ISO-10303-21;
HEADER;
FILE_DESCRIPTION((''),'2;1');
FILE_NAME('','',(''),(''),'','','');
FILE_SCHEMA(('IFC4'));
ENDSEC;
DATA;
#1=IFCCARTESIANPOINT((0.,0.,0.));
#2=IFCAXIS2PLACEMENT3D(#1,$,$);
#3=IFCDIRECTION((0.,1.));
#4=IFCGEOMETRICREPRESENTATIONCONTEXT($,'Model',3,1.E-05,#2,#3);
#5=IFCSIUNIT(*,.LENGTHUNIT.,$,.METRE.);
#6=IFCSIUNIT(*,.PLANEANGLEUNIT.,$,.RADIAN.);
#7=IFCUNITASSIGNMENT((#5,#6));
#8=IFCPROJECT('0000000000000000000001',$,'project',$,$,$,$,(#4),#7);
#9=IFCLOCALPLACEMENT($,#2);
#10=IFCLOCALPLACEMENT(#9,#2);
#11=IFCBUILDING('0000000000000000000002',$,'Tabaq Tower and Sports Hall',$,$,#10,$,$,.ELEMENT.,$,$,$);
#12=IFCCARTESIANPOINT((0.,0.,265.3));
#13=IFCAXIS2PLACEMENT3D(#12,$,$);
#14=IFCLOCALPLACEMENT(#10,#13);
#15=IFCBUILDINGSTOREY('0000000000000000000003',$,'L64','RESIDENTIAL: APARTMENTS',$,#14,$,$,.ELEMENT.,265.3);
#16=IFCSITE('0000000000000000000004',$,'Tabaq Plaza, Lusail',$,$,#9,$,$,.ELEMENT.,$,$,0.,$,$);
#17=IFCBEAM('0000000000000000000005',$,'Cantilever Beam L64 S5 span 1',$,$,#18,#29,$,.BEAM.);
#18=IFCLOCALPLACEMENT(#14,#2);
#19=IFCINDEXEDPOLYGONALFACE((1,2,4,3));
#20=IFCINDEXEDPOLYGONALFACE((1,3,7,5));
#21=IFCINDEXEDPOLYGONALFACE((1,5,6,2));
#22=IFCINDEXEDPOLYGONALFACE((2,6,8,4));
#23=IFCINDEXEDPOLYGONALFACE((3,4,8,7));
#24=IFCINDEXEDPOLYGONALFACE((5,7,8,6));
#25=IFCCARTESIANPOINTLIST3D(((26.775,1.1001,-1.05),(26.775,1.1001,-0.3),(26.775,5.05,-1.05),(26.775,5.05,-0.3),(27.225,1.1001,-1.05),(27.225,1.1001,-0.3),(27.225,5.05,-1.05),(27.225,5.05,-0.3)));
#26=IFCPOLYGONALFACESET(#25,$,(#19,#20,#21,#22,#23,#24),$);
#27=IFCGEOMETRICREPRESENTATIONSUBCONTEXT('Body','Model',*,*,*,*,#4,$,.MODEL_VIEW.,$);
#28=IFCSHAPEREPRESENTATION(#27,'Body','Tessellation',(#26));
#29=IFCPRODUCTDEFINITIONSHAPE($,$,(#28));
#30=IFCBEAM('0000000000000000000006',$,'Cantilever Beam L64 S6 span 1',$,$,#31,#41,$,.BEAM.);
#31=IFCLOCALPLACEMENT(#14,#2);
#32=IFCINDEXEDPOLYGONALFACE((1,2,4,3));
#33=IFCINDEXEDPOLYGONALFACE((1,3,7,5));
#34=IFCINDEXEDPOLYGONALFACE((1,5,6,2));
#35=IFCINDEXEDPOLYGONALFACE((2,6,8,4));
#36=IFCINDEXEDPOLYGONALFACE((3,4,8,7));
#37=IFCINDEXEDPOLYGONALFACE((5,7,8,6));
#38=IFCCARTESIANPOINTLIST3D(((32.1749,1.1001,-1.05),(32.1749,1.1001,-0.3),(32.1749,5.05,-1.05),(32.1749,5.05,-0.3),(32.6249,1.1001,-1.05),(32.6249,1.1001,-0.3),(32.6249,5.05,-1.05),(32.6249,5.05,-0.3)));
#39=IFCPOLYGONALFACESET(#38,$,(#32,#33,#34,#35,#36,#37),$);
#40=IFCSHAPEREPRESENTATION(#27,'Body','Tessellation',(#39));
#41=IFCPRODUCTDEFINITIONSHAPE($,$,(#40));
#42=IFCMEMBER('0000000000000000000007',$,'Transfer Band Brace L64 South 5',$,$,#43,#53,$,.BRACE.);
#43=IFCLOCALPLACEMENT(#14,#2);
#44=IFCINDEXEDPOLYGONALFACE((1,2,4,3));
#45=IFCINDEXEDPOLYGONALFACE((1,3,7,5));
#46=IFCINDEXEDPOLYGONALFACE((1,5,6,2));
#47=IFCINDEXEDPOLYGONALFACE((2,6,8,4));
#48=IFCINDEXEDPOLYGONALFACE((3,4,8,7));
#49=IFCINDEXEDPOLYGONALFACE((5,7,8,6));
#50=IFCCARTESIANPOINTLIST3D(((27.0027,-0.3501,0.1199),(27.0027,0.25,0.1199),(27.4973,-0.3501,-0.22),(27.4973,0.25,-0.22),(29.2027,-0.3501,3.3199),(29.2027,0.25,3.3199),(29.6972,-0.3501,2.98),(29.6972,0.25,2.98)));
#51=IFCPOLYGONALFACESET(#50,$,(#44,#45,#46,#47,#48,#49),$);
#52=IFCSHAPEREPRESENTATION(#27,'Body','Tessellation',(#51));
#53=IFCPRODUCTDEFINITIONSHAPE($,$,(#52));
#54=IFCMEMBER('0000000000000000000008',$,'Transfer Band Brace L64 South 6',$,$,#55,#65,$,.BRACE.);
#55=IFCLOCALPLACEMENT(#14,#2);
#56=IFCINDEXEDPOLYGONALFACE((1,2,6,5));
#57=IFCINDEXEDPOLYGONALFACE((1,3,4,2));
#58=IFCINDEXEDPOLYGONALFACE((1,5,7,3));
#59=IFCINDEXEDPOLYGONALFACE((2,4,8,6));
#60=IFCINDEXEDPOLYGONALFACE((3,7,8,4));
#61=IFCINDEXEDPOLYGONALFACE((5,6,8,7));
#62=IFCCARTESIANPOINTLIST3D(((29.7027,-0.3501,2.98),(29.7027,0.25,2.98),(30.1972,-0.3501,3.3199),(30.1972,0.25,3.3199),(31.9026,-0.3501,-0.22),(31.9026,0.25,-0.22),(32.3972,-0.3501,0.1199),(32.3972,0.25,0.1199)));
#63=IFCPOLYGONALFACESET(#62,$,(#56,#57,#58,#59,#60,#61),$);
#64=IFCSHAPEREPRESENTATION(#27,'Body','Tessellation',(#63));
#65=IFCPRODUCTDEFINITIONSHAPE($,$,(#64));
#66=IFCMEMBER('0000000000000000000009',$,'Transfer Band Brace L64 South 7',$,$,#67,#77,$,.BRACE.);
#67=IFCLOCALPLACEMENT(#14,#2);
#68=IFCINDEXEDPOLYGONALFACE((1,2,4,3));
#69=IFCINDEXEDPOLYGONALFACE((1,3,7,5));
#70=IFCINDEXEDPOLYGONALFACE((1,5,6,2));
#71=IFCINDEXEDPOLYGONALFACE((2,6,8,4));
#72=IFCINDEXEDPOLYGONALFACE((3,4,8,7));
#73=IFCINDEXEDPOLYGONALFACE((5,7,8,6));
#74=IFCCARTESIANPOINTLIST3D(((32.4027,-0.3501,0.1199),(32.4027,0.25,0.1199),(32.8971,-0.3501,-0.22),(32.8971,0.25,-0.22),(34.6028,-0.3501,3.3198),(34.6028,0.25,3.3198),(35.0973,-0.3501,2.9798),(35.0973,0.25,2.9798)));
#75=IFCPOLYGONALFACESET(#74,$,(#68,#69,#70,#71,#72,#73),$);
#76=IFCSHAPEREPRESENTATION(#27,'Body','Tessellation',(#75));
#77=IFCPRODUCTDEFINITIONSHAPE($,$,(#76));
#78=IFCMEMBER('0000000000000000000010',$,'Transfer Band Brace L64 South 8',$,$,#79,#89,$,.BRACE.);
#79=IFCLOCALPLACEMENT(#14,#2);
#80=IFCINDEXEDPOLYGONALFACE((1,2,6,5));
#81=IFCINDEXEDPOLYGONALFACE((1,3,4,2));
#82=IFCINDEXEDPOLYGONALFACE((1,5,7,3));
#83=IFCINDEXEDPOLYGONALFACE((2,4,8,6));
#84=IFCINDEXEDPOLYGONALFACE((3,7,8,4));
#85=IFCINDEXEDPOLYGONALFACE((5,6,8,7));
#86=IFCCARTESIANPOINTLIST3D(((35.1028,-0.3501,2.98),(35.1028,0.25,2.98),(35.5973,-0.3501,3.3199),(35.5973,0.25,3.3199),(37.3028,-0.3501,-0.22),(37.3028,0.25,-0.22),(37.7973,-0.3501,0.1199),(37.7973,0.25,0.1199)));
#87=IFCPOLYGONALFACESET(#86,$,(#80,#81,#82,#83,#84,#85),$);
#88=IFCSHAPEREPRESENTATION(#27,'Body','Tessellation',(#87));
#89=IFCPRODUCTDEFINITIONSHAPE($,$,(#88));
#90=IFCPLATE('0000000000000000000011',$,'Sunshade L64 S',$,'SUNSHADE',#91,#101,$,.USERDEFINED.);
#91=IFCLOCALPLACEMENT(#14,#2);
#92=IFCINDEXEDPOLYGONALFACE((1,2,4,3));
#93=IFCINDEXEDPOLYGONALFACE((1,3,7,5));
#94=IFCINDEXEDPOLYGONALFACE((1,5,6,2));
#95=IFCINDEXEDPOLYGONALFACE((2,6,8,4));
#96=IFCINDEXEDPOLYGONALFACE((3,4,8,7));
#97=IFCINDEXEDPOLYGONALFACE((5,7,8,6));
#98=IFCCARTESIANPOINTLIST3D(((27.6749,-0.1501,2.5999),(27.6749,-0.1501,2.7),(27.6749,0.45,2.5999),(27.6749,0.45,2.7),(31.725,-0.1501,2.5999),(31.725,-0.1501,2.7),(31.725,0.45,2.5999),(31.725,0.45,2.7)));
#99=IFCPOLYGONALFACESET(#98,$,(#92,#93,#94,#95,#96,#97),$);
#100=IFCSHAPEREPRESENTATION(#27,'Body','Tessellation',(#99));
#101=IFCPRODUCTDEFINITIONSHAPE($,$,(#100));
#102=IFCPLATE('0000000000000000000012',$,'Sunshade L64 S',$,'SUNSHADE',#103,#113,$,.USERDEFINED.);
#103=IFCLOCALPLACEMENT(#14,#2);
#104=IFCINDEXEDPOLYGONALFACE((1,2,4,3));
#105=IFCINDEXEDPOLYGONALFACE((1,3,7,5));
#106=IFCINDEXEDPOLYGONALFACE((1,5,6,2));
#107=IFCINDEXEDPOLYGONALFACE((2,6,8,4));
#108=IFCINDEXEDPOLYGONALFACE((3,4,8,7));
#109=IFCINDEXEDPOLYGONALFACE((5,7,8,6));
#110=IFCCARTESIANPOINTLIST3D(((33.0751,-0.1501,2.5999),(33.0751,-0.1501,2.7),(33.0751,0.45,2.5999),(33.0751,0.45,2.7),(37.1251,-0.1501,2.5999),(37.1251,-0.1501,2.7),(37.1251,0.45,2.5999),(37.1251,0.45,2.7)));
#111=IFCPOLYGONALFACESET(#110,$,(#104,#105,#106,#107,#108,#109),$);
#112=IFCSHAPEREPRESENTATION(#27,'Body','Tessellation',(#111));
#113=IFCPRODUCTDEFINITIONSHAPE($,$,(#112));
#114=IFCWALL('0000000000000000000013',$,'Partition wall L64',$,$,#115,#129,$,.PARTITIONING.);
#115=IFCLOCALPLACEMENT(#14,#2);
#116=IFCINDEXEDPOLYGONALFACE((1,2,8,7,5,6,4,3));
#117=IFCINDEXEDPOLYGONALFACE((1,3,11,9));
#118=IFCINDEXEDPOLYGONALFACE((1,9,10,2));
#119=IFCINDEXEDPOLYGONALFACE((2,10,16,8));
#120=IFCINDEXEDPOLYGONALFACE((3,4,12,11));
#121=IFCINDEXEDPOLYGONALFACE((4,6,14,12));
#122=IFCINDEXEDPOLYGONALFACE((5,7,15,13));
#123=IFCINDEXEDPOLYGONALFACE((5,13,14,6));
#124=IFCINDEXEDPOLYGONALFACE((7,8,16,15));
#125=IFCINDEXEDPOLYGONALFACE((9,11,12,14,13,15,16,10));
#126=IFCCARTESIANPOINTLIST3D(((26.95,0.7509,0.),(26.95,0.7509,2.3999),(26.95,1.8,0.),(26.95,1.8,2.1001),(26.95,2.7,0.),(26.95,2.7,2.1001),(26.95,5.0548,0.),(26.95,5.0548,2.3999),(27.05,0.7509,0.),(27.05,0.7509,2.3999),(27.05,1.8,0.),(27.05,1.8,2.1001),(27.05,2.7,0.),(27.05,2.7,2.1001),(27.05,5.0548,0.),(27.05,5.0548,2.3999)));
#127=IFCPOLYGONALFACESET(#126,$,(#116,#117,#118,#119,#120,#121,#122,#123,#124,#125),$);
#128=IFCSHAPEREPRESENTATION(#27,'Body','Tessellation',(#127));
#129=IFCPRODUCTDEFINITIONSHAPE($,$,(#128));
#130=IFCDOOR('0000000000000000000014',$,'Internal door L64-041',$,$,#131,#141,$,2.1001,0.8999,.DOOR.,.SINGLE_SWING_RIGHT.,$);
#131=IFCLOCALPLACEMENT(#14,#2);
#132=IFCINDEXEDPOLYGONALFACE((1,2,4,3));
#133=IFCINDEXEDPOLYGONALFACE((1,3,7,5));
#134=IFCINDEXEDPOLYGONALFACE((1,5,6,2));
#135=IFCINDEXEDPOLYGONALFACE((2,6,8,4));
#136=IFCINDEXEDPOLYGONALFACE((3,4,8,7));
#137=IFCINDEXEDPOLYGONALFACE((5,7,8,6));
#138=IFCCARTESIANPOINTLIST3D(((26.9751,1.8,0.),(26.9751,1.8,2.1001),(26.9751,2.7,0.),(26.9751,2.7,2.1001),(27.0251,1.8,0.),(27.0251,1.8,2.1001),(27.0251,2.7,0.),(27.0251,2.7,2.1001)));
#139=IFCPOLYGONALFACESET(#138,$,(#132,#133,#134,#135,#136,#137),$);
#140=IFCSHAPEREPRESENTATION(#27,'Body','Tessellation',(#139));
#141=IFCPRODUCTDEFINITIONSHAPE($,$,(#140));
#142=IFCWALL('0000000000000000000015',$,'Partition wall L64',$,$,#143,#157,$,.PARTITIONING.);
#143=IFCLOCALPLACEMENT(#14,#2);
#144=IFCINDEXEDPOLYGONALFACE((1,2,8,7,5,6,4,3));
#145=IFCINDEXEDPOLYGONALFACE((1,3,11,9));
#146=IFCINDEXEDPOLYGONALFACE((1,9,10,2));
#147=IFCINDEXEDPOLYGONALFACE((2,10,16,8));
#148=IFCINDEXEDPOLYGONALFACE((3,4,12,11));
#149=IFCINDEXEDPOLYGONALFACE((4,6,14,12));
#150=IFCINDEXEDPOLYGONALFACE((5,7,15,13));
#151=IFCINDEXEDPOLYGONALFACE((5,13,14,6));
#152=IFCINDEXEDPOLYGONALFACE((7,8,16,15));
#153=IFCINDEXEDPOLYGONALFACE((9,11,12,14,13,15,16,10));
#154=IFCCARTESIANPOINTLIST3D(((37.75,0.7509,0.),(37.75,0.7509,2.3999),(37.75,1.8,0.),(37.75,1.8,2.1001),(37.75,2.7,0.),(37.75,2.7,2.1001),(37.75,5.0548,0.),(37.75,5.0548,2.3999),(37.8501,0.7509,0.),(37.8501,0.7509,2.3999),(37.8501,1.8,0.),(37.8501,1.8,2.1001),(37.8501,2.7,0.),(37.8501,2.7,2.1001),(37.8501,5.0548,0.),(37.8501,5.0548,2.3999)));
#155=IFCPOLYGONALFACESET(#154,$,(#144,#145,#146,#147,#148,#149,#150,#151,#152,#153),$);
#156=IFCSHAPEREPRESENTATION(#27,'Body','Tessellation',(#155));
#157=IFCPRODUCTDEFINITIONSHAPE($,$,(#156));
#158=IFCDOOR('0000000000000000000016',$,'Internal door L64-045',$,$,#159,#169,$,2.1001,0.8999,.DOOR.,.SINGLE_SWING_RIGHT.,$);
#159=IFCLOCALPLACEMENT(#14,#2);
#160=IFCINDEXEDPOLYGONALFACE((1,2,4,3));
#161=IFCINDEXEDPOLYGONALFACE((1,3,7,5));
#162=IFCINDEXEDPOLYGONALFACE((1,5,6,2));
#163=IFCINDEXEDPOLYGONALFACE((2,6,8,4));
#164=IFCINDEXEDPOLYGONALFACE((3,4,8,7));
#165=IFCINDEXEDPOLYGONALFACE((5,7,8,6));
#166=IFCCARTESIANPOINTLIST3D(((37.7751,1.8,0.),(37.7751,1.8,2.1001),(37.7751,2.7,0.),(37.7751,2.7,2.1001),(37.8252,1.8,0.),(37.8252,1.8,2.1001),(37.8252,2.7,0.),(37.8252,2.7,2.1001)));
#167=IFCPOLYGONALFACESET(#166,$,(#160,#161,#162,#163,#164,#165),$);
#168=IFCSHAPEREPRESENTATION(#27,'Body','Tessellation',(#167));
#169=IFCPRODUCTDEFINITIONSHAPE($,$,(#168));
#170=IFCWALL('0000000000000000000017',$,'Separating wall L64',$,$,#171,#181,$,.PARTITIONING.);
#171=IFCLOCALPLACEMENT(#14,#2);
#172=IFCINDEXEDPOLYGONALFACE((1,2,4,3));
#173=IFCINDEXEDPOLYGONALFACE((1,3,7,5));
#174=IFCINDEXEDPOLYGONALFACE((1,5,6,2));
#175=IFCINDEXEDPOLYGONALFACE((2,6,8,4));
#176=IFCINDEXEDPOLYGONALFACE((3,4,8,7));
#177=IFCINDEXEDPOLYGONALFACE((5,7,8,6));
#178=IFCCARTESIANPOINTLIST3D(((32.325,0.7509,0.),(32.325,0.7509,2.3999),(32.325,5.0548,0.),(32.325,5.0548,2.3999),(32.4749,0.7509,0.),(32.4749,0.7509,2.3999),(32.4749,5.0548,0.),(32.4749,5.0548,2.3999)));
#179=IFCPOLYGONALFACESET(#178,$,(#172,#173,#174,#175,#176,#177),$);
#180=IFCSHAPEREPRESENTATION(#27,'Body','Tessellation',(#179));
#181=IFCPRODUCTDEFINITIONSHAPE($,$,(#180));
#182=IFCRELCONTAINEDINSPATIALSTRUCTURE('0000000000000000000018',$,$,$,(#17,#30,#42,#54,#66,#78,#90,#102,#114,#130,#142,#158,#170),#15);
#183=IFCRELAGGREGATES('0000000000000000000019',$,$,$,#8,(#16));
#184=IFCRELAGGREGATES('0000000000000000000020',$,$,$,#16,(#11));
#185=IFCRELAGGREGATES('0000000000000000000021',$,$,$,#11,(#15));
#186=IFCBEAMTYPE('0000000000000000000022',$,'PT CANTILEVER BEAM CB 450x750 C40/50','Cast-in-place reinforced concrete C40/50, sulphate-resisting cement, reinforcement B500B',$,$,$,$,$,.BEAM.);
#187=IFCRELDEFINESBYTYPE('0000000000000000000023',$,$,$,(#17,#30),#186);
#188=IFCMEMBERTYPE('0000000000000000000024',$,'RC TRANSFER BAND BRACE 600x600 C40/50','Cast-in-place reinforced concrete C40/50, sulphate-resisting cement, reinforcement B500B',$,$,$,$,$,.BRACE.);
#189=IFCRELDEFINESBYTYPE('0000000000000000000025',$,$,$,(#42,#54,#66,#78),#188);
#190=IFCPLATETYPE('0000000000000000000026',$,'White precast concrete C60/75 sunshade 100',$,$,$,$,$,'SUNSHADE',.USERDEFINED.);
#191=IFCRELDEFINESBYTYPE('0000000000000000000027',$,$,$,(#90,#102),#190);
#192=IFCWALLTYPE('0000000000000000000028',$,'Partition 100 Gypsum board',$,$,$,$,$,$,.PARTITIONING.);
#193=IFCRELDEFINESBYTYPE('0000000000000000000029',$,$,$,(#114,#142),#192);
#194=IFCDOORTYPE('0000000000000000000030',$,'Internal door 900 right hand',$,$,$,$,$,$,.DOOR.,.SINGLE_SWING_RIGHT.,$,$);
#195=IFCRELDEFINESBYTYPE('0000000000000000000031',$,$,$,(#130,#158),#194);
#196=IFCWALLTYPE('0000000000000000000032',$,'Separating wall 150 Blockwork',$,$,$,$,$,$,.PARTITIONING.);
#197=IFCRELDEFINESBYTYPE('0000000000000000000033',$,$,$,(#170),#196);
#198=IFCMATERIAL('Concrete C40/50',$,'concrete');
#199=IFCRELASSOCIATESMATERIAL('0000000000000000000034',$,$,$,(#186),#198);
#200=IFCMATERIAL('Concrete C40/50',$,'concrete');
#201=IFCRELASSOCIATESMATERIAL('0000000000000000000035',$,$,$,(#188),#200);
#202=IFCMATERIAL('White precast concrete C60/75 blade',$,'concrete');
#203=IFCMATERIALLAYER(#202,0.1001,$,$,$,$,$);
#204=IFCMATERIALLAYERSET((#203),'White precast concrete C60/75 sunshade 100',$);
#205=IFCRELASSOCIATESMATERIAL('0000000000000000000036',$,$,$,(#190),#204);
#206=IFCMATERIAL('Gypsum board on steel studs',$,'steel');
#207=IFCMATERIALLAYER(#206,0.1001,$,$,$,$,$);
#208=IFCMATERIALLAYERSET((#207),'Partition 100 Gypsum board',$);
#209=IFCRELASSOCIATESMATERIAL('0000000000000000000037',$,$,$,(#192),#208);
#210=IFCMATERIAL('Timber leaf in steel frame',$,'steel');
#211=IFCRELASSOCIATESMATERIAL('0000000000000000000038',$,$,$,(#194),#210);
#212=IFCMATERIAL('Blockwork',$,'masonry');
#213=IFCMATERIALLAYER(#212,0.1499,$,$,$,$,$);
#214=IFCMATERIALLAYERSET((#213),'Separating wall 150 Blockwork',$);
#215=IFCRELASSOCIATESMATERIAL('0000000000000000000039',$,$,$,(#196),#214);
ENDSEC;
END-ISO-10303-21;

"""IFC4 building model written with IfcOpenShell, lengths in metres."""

from ifc_helpers import new_model, si_unit, direction, frame, frame_2d, origin, origin_2d, place, context, subcontext, project, spatial, rectangle, extrude, material, layer, layer_set, material_profile, profile_set, type_object, element, fill, save


model = new_model("IFC4")

# Units and contexts
model_context = context("Model", 3, precision=1e-05, world=origin(), true_north=direction((0.0, 1.0)))
body_context = subcontext(model_context, "Body", "Model", "MODEL_VIEW")
ifc_project = project(units=[si_unit("LENGTHUNIT", "METRE"), si_unit("PLANEANGLEUNIT", "RADIAN")], contexts=[model_context])

# Site, building, storey
site_placement = place(None, origin())
site = spatial("IfcSite", under=ifc_project, at=site_placement, Name="Tabaq Plaza, Lusail", CompositionType="ELEMENT", RefElevation=0.0)
building_placement = place(site_placement, origin())
building = spatial("IfcBuilding", under=site, at=building_placement, Name="Tabaq Tower and Sports Hall", CompositionType="ELEMENT")
storey_placement = place(building_placement, frame((0.0, 0.0, 265.3)))
storey = spatial("IfcBuildingStorey", under=building, at=storey_placement, Name="L64", Description="RESIDENTIAL: APARTMENTS", CompositionType="ELEMENT", Elevation=265.3)

# Beams
ifc_material_1 = material(Name="Concrete C40/50", Category="concrete")
ifc_material_profile_1 = material_profile(ifc_material_1, rectangle(XDim=0.45, YDim=0.75, at=origin_2d()), Name="CB 450x750")
ifc_profile_set_1 = profile_set([ifc_material_profile_1], Name="Concrete C40/50")
beam_type = type_object("IfcBeamType", Name="PT CANTILEVER BEAM CB 450x750 C40/50", Description="Cast-in-place reinforced concrete C40/50, sulphate-resisting cement, reinforcement B500B", PredefinedType="BEAM", material=ifc_profile_set_1)
for number, where, z_axis, x_axis, name in (
    (1, (27.0, 1.1001, -0.675), (0.0, 1.0, 0.0), (-1.0, 0.0, 0.0), "Cantilever Beam L64 S5 span 1"),
    (2, (32.3999, 1.1001, -0.675), (0.0, 1.0, 0.0), (-1.0, 0.0, 0.0), "Cantilever Beam L64 S6 span 1"),
):
    element("IfcBeam", number, at=place(storey_placement, frame(where, z_axis=z_axis, x_axis=x_axis)), inside=storey, type_object=beam_type, Name=name, PredefinedType="BEAM", context=body_context, shape_type="SweptSolid", body=[
        extrude(rectangle(XDim=0.45, YDim=0.75, at=origin_2d()), origin(), (0.0, 0.0, 1.0), 3.95),
    ])

# Members
ifc_material_2 = material(Name="Concrete C40/50", Category="concrete")
ifc_material_profile_2 = material_profile(ifc_material_2, rectangle(XDim=0.6001, YDim=0.6001, at=origin_2d()), Name="TRANSFER BAND BRACE 600x600")
ifc_profile_set_2 = profile_set([ifc_material_profile_2], Name="Concrete C40/50")
member_type = type_object("IfcMemberType", Name="RC TRANSFER BAND BRACE 600x600 C40/50", Description="Cast-in-place reinforced concrete C40/50, sulphate-resisting cement, reinforcement B500B", PredefinedType="BRACE", material=ifc_profile_set_2)
for number, where, z_axis, x_axis, name in (
    (3, (27.25, -0.05, -0.05), (0.566526, 0.0, 0.824044), (0.0, 1.0, 0.0), "Transfer Band Brace L64 South 5"),
    (4, (32.1499, -0.05, -0.05), (-0.566526, 0.0, 0.824044), (0.0, -1.0, 0.0), "Transfer Band Brace L64 South 6"),
    (5, (32.6499, -0.05, -0.05), (0.566569, 0.0, 0.824014), (0.0, 1.0, 0.0), "Transfer Band Brace L64 South 7"),
    (6, (37.55, -0.05, -0.05), (-0.566526, 0.0, 0.824044), (0.0, -1.0, 0.0), "Transfer Band Brace L64 South 8"),
):
    element("IfcMember", number, at=place(storey_placement, frame(where, z_axis=z_axis, x_axis=x_axis)), inside=storey, type_object=member_type, Name=name, PredefinedType="BRACE", context=body_context, shape_type="SweptSolid", body=[
        extrude(rectangle(XDim=0.6001, YDim=0.6001, at=origin_2d()), origin(), (0.0, 0.0, 1.0), 3.8833),
    ])

# Plates
ifc_material_3 = material(Name="White precast concrete C60/75 blade", Category="concrete")
ifc_layer_1 = layer(ifc_material_3, 0.1001)
ifc_layer_set_1 = layer_set([ifc_layer_1], Name="White precast concrete C60/75 sunshade 100")
plate_type = type_object("IfcPlateType", Name="White precast concrete C60/75 sunshade 100", ElementType="SUNSHADE", PredefinedType="USERDEFINED", material=ifc_layer_set_1)
for number, where, z_axis, x_axis, name in (
    (7, (29.7, 0.1499, 2.5999), (0.0, 0.0, 1.0), (1.0, 0.0, 0.0), "Sunshade L64 S"),
    (8, (35.1001, 0.1499, 2.5999), (0.0, 0.0, 1.0), (1.0, 0.0, 0.0), "Sunshade L64 S"),
):
    element("IfcPlate", number, at=place(storey_placement, frame(where, z_axis=z_axis, x_axis=x_axis)), inside=storey, type_object=plate_type, Name=name, ObjectType="SUNSHADE", PredefinedType="USERDEFINED", context=body_context, shape_type="SweptSolid", body=[
        extrude(rectangle(XDim=4.05, YDim=0.6001, at=origin_2d()), origin(), (0.0, 0.0, 1.0), 0.1001),
    ])

# Walls, openings, doors
ifc_material_4 = material(Name="Gypsum board on steel studs", Category="steel")
ifc_layer_2 = layer(ifc_material_4, 0.1001)
ifc_layer_set_2 = layer_set([ifc_layer_2], Name="Partition 100 Gypsum board")
wall_type_1 = type_object("IfcWallType", Name="Partition 100 Gypsum board", PredefinedType="PARTITIONING", material=ifc_layer_set_2)
wall_1_placement = place(storey_placement, frame((27.0, 0.751, 0.0), z_axis=(0.0, 0.0, 1.0), x_axis=(0.0, 1.0, 0.0)))
wall_1 = element("IfcWall", 9, at=wall_1_placement, inside=storey, type_object=wall_type_1, Name="Partition wall L64", PredefinedType="PARTITIONING", context=body_context, shape_type="SweptSolid", body=[
    extrude(rectangle(XDim=4.304, YDim=0.1001, at=frame_2d((2.1519, 0.0))), origin(), (0.0, 0.0, 1.0), 2.3999),
])
opening_1_placement = place(wall_1_placement, frame((1.0491, 0.0, 0.0)))
opening_1 = element("IfcOpeningElement", 10, at=opening_1_placement, cuts=wall_1, PredefinedType="OPENING", context=body_context, shape_type="SweptSolid", body=[
    extrude(rectangle(XDim=0.8999, YDim=2.1001, at=frame_2d((0.45, 1.05))), frame((0.0, 0.05, 0.0), z_axis=(0.0, -1.0, 0.0), x_axis=(1.0, 0.0, 0.0)), (0.0, 0.0, 1.0), 0.1001),
])
ifc_material_5 = material(Name="Timber leaf in steel frame", Category="steel")
door_type = type_object("IfcDoorType", Name="Internal door 900 right hand", OperationType="SINGLE_SWING_RIGHT", PredefinedType="DOOR", material=ifc_material_5)
door_1_placement = place(opening_1_placement, origin())
door_1 = element("IfcDoor", 11, at=door_1_placement, inside=storey, type_object=door_type, Name="Internal door L64-041", OperationType="SINGLE_SWING_RIGHT", OverallHeight=2.1001, OverallWidth=0.8999, PredefinedType="DOOR", context=body_context, shape_type="SweptSolid", body=[
    extrude(rectangle(XDim=0.8999, YDim=2.1001, at=frame_2d((0.45, 1.05))), frame((0.0, 0.0249, 0.0), z_axis=(0.0, -1.0, 0.0), x_axis=(1.0, 0.0, 0.0)), (0.0, 0.0, 1.0), 0.05),
])
fill(opening_1, door_1)
wall_2_placement = place(storey_placement, frame((37.8, 0.751, 0.0), z_axis=(0.0, 0.0, 1.0), x_axis=(0.0, 1.0, 0.0)))
wall_2 = element("IfcWall", 12, at=wall_2_placement, inside=storey, type_object=wall_type_1, Name="Partition wall L64", PredefinedType="PARTITIONING", context=body_context, shape_type="SweptSolid", body=[
    extrude(rectangle(XDim=4.304, YDim=0.1001, at=frame_2d((2.1519, 0.0))), origin(), (0.0, 0.0, 1.0), 2.3999),
])
opening_2_placement = place(wall_2_placement, frame((1.0491, 0.0, 0.0)))
opening_2 = element("IfcOpeningElement", 13, at=opening_2_placement, cuts=wall_2, PredefinedType="OPENING", context=body_context, shape_type="SweptSolid", body=[
    extrude(rectangle(XDim=0.8999, YDim=2.1001, at=frame_2d((0.45, 1.05))), frame((0.0, 0.05, 0.0), z_axis=(0.0, -1.0, 0.0), x_axis=(1.0, 0.0, 0.0)), (0.0, 0.0, 1.0), 0.1001),
])
door_2_placement = place(opening_2_placement, origin())
door_2 = element("IfcDoor", 14, at=door_2_placement, inside=storey, type_object=door_type, Name="Internal door L64-045", OperationType="SINGLE_SWING_RIGHT", OverallHeight=2.1001, OverallWidth=0.8999, PredefinedType="DOOR", context=body_context, shape_type="SweptSolid", body=[
    extrude(rectangle(XDim=0.8999, YDim=2.1001, at=frame_2d((0.45, 1.05))), frame((0.0, 0.0249, 0.0), z_axis=(0.0, -1.0, 0.0), x_axis=(1.0, 0.0, 0.0)), (0.0, 0.0, 1.0), 0.05),
])
fill(opening_2, door_2)

# Wall
ifc_material_6 = material(Name="Blockwork", Category="masonry")
ifc_layer_3 = layer(ifc_material_6, 0.1499)
ifc_layer_set_3 = layer_set([ifc_layer_3], Name="Separating wall 150 Blockwork")
wall_type_2 = type_object("IfcWallType", Name="Separating wall 150 Blockwork", PredefinedType="PARTITIONING", material=ifc_layer_set_3)
wall_3_placement = place(storey_placement, frame((32.3999, 0.751, 0.0), z_axis=(0.0, 0.0, 1.0), x_axis=(0.0, 1.0, 0.0)))
element("IfcWall", 15, at=wall_3_placement, inside=storey, type_object=wall_type_2, Name="Separating wall L64", PredefinedType="PARTITIONING", context=body_context, shape_type="SweptSolid", body=[
    extrude(rectangle(XDim=4.304, YDim=0.1499, at=frame_2d((2.1519, 0.0))), origin(), (0.0, 0.0, 1.0), 2.3999),
])

save(model, "model.ifc")
